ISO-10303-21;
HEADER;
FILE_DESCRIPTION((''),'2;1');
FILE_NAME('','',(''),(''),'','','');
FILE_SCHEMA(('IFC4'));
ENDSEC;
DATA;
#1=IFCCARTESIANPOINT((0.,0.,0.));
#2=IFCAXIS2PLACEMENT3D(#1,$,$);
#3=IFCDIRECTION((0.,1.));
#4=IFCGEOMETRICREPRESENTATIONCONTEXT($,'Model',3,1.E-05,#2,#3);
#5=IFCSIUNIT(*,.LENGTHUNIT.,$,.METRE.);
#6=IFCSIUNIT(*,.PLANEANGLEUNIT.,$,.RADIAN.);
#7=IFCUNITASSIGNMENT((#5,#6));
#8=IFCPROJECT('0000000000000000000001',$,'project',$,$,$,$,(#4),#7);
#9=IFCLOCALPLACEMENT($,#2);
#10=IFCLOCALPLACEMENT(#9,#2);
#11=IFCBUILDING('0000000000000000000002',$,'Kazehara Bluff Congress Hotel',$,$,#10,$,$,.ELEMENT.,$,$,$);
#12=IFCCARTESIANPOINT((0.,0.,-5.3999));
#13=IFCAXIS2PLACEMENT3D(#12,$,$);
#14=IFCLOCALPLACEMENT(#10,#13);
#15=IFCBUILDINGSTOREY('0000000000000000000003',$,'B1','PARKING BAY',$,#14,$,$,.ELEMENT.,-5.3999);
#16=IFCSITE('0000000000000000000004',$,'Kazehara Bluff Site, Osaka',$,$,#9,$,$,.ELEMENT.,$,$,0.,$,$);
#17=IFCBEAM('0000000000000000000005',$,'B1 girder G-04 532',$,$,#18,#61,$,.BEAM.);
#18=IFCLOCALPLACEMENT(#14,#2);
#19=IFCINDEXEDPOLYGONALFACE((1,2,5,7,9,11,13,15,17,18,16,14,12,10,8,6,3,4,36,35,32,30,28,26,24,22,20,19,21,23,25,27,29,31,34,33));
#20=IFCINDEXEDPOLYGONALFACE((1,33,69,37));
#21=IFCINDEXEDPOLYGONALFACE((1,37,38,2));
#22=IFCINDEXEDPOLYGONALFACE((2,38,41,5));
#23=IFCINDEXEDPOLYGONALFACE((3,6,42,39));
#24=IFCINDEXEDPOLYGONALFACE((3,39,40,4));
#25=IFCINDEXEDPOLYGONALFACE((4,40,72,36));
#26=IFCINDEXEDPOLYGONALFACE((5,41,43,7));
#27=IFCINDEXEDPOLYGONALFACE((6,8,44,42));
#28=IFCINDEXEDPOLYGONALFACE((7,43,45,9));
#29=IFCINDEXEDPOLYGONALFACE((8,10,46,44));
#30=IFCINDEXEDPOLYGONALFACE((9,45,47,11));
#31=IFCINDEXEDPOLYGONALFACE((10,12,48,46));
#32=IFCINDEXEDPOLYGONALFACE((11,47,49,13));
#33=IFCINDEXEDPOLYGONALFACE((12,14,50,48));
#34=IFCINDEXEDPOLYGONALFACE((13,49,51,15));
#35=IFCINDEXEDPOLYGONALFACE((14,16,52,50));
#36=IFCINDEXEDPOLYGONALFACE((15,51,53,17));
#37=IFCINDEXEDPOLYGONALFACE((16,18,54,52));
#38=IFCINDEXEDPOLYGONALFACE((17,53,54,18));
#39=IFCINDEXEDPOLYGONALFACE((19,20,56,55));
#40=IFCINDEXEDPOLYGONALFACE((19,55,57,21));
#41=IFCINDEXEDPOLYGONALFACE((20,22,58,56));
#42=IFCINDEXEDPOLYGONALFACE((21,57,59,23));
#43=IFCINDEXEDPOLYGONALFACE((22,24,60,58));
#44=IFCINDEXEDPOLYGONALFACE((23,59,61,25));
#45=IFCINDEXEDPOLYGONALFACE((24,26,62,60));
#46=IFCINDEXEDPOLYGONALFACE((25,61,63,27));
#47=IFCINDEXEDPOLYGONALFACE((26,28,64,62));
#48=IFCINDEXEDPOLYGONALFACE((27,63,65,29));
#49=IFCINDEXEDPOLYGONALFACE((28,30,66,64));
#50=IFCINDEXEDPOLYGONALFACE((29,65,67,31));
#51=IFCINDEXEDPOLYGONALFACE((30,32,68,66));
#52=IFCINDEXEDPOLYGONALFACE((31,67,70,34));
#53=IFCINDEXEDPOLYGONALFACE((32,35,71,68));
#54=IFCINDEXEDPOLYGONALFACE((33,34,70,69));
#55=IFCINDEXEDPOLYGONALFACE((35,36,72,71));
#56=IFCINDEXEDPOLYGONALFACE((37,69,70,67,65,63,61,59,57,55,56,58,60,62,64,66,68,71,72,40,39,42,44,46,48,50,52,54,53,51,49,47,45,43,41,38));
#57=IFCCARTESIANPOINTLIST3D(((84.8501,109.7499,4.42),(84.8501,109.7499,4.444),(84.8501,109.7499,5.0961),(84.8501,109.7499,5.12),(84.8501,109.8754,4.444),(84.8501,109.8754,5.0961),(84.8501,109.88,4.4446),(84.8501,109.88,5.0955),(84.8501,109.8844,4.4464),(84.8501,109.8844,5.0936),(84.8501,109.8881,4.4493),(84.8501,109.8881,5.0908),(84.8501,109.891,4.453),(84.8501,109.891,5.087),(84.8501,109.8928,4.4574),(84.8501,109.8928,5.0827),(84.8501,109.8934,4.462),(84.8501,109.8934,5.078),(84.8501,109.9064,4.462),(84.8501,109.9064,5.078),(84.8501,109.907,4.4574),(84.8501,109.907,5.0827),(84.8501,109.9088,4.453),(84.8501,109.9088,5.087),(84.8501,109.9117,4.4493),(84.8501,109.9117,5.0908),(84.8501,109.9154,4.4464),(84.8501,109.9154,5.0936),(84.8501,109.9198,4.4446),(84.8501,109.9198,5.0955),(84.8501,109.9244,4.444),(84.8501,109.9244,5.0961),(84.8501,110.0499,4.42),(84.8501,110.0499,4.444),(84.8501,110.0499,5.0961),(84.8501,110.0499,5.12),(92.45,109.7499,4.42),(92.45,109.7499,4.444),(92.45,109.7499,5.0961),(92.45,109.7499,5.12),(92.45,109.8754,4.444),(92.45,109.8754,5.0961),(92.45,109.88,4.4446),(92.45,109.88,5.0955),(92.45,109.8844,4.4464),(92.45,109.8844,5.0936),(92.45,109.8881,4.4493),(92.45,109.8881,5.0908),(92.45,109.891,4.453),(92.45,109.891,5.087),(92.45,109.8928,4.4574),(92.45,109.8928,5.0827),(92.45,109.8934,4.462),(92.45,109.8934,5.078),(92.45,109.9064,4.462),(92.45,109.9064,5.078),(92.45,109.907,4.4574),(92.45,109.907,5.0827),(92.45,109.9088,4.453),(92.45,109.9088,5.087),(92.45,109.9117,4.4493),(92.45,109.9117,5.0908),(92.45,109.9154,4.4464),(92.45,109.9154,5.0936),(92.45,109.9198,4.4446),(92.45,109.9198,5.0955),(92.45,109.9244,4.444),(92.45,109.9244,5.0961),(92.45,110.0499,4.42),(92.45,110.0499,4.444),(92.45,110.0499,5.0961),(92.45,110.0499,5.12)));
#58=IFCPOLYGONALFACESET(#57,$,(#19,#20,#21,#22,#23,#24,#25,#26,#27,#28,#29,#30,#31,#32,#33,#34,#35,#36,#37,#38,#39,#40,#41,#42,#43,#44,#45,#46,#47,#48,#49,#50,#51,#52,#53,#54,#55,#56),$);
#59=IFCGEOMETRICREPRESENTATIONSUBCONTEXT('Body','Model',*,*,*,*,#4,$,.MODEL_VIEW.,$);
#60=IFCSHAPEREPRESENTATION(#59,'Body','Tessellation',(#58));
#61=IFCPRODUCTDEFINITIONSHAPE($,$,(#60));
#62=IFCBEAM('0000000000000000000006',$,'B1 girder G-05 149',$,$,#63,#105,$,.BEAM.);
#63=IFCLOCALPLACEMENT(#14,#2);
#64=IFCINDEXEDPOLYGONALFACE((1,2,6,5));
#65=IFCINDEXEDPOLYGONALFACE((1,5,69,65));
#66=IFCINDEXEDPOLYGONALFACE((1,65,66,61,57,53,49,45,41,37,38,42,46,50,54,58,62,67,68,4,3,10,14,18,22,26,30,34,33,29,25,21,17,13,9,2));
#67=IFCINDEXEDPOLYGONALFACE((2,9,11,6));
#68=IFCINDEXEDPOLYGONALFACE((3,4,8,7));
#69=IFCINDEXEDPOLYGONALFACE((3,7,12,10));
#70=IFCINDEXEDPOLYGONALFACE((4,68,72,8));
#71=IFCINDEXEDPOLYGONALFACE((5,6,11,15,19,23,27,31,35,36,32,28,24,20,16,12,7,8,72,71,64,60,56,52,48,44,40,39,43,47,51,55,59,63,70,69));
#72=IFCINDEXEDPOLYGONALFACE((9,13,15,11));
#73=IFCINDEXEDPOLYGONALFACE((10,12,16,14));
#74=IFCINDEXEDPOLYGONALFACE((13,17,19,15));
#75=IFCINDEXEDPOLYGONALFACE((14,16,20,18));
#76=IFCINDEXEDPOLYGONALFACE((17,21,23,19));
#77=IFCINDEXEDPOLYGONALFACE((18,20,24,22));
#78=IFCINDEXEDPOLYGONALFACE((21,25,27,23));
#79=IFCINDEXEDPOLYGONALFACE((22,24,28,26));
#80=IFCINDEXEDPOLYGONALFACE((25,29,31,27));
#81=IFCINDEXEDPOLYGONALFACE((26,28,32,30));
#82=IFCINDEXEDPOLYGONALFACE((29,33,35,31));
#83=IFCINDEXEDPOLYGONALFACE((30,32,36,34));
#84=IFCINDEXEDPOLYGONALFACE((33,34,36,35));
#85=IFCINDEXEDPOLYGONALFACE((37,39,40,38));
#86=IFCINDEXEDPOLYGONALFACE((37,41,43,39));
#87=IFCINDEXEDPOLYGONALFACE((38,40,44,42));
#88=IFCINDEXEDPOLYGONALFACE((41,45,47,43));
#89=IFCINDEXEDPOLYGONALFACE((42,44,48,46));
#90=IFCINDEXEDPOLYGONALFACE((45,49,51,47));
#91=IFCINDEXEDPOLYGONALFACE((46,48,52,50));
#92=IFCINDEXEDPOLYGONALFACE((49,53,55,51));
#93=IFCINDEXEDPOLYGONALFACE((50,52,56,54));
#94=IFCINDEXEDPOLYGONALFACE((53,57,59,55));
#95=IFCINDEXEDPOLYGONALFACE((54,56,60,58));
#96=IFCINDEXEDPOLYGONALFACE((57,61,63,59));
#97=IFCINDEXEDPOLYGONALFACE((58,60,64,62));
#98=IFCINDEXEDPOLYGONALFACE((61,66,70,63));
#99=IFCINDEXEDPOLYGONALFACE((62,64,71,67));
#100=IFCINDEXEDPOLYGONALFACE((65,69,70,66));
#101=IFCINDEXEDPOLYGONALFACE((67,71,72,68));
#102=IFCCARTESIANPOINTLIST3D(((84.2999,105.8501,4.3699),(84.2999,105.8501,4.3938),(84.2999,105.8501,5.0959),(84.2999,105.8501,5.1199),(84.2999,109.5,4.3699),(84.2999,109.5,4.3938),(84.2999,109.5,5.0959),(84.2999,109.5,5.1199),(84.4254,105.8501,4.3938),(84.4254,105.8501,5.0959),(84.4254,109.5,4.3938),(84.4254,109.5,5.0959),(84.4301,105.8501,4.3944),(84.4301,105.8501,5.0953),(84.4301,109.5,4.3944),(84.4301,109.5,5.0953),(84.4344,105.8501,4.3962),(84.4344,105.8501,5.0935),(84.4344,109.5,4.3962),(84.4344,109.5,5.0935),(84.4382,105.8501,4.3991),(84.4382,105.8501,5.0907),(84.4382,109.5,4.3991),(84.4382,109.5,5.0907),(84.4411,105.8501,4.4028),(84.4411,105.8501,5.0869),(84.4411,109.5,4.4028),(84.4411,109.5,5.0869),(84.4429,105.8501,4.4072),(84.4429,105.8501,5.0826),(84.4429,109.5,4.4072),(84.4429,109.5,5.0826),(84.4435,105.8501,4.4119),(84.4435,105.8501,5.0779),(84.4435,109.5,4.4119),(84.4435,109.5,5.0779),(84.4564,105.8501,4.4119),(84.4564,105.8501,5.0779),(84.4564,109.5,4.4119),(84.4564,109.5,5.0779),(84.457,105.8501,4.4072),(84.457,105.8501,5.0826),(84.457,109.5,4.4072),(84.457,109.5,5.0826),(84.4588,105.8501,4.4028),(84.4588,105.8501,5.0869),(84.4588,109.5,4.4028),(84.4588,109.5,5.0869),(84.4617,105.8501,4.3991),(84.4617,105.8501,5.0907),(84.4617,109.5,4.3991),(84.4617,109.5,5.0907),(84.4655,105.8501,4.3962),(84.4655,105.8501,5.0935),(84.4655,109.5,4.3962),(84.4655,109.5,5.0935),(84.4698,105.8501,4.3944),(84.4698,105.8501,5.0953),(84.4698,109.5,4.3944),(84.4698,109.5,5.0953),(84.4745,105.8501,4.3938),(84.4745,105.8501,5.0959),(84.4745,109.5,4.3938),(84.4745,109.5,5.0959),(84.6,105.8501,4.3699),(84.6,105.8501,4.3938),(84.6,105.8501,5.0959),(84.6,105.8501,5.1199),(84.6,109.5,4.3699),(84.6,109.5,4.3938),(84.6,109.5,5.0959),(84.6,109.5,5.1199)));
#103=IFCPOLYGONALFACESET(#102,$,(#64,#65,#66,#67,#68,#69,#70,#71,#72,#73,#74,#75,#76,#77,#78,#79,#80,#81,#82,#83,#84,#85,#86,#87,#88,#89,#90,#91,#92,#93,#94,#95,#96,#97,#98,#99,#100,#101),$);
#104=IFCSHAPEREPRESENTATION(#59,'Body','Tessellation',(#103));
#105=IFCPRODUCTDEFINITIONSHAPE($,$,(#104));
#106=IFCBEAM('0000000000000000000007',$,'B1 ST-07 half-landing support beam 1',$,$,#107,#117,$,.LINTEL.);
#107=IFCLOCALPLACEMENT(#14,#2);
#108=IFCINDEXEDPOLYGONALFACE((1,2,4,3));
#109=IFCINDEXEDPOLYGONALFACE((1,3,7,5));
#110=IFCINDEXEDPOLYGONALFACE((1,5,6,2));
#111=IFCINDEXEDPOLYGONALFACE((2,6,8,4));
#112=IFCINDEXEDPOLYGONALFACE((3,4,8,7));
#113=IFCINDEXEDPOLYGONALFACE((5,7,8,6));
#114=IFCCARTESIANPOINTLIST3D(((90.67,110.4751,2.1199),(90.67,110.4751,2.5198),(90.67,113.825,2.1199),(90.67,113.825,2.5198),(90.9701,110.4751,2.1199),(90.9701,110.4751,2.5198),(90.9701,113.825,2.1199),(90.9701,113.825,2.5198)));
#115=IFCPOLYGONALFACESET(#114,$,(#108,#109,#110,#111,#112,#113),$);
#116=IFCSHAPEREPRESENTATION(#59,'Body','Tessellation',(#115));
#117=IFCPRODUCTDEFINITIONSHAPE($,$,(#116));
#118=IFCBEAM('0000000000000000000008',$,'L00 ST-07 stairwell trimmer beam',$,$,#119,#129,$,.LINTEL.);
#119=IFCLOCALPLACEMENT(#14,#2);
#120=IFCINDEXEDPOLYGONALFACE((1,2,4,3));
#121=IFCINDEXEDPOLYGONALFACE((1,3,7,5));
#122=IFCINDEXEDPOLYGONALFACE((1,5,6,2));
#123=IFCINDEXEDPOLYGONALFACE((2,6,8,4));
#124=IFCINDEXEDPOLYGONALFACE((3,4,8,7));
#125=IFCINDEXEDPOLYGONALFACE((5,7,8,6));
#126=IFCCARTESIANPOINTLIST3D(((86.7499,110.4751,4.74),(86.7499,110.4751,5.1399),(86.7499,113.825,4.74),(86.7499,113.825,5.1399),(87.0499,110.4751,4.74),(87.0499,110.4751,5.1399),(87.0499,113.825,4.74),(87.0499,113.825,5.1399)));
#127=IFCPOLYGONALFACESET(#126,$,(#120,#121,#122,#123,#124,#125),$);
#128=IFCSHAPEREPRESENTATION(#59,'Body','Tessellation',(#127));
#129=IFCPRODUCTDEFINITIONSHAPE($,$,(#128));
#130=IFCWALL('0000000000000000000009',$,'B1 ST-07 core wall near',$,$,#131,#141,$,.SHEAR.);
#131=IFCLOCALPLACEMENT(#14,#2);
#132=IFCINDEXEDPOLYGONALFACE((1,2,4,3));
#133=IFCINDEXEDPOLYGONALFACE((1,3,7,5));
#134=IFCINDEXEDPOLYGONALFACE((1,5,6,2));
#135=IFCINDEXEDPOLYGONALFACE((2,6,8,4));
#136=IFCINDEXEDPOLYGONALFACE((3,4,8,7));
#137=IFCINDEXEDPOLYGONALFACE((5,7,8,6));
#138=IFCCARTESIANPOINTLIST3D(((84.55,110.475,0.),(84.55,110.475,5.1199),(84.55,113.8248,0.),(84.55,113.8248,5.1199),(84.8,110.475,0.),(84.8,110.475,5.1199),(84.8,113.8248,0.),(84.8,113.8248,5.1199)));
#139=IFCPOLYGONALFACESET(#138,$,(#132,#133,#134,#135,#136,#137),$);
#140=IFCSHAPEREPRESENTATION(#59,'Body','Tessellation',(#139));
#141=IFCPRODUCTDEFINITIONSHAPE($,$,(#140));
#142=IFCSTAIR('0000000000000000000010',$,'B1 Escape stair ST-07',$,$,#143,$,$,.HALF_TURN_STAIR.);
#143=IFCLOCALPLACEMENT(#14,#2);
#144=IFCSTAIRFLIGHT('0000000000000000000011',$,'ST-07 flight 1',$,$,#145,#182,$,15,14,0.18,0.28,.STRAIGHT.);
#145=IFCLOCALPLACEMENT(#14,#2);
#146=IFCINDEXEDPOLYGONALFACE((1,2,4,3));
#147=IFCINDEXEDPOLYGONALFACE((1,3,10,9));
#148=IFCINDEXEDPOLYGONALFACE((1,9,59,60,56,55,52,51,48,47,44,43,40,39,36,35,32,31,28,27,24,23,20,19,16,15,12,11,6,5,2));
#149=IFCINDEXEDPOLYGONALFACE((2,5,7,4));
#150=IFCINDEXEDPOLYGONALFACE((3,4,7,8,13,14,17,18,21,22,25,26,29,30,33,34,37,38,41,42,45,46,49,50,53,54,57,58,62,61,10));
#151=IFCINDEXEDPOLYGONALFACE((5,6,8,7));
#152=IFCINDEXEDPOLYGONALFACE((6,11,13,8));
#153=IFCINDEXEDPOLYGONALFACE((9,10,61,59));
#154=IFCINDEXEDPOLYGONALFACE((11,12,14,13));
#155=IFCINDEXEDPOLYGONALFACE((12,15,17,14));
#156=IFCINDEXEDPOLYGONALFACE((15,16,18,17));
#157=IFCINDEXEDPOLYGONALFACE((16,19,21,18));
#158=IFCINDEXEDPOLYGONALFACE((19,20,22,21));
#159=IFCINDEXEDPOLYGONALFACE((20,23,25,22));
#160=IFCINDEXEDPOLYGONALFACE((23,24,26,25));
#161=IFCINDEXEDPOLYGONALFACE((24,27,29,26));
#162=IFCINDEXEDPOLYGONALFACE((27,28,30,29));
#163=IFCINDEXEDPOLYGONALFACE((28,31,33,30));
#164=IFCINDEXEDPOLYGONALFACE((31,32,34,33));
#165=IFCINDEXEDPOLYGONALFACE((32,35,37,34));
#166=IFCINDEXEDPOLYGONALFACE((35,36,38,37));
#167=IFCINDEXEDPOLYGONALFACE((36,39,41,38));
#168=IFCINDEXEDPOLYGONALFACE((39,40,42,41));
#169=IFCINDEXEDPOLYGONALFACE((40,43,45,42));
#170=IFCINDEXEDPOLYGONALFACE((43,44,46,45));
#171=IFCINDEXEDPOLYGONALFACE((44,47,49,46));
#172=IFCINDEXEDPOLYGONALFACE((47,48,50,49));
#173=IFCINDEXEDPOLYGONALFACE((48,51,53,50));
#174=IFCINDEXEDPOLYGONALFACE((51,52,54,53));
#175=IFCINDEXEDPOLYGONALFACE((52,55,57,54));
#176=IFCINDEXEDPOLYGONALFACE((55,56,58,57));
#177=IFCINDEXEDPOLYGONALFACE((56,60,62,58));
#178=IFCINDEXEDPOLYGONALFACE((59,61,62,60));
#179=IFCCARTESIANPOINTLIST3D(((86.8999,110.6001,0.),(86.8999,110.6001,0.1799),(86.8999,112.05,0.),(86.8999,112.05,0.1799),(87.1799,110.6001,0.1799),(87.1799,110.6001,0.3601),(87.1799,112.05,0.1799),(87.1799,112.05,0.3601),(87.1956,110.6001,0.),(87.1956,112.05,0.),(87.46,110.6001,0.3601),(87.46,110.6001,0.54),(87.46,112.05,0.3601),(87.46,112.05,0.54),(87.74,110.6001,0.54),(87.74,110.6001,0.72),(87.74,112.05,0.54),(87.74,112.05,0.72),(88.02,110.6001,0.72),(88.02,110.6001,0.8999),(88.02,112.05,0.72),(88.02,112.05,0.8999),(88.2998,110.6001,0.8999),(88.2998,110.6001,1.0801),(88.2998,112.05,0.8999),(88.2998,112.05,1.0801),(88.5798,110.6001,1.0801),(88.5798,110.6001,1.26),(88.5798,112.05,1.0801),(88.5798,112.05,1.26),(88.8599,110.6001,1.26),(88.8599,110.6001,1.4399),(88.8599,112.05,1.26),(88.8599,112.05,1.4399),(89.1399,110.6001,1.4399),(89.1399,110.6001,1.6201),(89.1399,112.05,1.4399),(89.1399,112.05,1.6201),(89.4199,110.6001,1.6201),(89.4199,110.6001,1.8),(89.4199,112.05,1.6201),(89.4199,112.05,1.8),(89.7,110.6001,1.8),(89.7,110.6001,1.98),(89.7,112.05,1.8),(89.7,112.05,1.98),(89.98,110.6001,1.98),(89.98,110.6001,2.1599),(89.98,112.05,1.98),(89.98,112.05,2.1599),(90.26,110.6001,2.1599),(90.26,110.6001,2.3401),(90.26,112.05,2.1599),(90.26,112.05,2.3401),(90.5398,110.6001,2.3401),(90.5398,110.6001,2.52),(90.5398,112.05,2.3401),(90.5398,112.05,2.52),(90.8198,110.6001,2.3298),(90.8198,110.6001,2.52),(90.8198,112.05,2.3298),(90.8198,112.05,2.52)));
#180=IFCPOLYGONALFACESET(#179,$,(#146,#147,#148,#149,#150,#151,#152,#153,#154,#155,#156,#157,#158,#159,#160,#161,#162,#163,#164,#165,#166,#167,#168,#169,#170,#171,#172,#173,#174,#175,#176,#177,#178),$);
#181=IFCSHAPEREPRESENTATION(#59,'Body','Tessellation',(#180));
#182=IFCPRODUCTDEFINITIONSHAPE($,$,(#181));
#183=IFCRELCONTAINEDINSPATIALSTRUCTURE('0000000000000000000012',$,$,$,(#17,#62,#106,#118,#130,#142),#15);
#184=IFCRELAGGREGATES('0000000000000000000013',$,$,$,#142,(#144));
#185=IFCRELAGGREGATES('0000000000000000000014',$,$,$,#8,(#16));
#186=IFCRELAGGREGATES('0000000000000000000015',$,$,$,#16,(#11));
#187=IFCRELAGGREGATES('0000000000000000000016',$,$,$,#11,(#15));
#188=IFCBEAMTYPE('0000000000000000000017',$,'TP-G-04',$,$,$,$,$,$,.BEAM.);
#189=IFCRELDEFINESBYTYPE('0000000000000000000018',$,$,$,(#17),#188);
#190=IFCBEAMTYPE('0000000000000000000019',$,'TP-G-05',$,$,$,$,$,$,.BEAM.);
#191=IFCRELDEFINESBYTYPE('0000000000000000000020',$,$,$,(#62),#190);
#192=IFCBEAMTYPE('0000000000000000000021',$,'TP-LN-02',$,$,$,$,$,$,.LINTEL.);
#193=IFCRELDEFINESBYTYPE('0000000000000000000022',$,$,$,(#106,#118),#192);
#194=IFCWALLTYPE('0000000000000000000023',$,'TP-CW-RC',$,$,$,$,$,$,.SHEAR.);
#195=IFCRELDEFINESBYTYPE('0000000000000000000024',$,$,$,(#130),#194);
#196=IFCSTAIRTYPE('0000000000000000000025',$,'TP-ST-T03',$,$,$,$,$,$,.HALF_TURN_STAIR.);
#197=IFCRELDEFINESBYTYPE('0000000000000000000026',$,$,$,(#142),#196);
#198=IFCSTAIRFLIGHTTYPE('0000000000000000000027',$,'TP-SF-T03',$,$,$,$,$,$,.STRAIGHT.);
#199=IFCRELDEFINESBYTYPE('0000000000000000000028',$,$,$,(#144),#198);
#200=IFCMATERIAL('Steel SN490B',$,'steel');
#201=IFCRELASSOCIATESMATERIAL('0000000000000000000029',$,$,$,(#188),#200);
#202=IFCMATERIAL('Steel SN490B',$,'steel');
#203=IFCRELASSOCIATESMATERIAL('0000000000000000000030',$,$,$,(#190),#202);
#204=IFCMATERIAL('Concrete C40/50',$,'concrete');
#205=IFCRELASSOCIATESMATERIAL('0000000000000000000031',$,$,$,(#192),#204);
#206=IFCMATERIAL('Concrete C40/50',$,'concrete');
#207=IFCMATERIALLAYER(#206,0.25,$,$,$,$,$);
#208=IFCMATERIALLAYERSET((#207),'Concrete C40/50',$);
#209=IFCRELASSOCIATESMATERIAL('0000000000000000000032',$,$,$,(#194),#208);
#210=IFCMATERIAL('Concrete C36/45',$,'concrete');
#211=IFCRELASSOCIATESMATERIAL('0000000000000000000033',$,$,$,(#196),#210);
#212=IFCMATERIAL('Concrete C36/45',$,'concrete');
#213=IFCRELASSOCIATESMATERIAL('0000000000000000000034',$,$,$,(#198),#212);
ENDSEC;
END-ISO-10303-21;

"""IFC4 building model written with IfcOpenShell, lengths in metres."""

from ifc_helpers import new_model, si_unit, direction, frame, frame_2d, origin, origin_2d, place, context, subcontext, project, spatial, polyline, rectangle, i_section, outline, extrude, material, layer, layer_set, material_profile, profile_set, type_object, element, aggregate, save


model = new_model("IFC4")

# Units and contexts
model_context = context("Model", 3, precision=1e-05, world=origin(), true_north=direction((0.0, 1.0)))
body_context = subcontext(model_context, "Body", "Model", "MODEL_VIEW")
ifc_project = project(units=[si_unit("LENGTHUNIT", "METRE"), si_unit("PLANEANGLEUNIT", "RADIAN")], contexts=[model_context])

# Site, building, storey
site_placement = place(None, origin())
site = spatial("IfcSite", under=ifc_project, at=site_placement, Name="Kazehara Bluff Site, Osaka", CompositionType="ELEMENT", RefElevation=0.0)
building_placement = place(site_placement, origin())
building = spatial("IfcBuilding", under=site, at=building_placement, Name="Kazehara Bluff Congress Hotel", CompositionType="ELEMENT")
storey_placement = place(building_placement, frame((0.0, 0.0, -5.3999)))
storey = spatial("IfcBuildingStorey", under=building, at=storey_placement, Name="B1", Description="PARKING BAY", CompositionType="ELEMENT", Elevation=-5.3999)

# Beams
ifc_material_1 = material(Name="Steel SN490B", Category="steel")
ifc_material_profile_1 = material_profile(ifc_material_1, i_section(OverallWidth=0.3, OverallDepth=0.7, WebThickness=0.0129, FlangeThickness=0.0239, FilletRadius=0.0181, at=origin_2d()))
ifc_profile_set_1 = profile_set([ifc_material_profile_1], Name="Steel SN490B")
beam_type_1 = type_object("IfcBeamType", Name="TP-G-04", PredefinedType="BEAM", material=ifc_profile_set_1)
for number, where, z_axis, x_axis, name in (
    (1, (84.8501, 109.8999, 4.77), (1.0, 0.0, 0.0), (0.0, 1.0, 0.0), "B1 girder G-04 532"),
):
    element("IfcBeam", number, at=place(storey_placement, frame(where, z_axis=z_axis, x_axis=x_axis)), inside=storey, type_object=beam_type_1, Name=name, PredefinedType="BEAM", context=body_context, shape_type="SweptSolid", body=[
        extrude(i_section(OverallWidth=0.3, OverallDepth=0.7, WebThickness=0.0129, FlangeThickness=0.0239, FilletRadius=0.0181, at=origin_2d()), origin(), (0.0, 0.0, 1.0), 7.5999),
    ])
ifc_material_2 = material(Name="Steel SN490B", Category="steel")
ifc_material_profile_2 = material_profile(ifc_material_2, i_section(OverallWidth=0.3, OverallDepth=0.75, WebThickness=0.0129, FlangeThickness=0.0239, FilletRadius=0.0181, at=origin_2d()))
ifc_profile_set_2 = profile_set([ifc_material_profile_2], Name="Steel SN490B")
beam_type_2 = type_object("IfcBeamType", Name="TP-G-05", PredefinedType="BEAM", material=ifc_profile_set_2)
beam_placement = place(storey_placement, frame((84.45, 105.8501, 4.7449), z_axis=(0.0, 1.0, 0.0), x_axis=(-1.0, 0.0, 0.0)))
element("IfcBeam", 2, at=beam_placement, inside=storey, type_object=beam_type_2, Name="B1 girder G-05 149", PredefinedType="BEAM", context=body_context, shape_type="SweptSolid", body=[
    extrude(i_section(OverallWidth=0.3, OverallDepth=0.75, WebThickness=0.0129, FlangeThickness=0.0239, FilletRadius=0.0181, at=origin_2d()), origin(), (0.0, 0.0, 1.0), 3.6499),
])
ifc_material_3 = material(Name="Concrete C40/50", Category="concrete")
ifc_material_profile_3 = material_profile(ifc_material_3, rectangle(XDim=0.3, YDim=0.3999, at=origin_2d()))
ifc_profile_set_3 = profile_set([ifc_material_profile_3], Name="Concrete C40/50")
beam_type_3 = type_object("IfcBeamType", Name="TP-LN-02", PredefinedType="LINTEL", material=ifc_profile_set_3)
for number, where, z_axis, x_axis, name in (
    (3, (90.8201, 110.4751, 2.3198), (0.0, 1.0, 0.0), (-1.0, 0.0, 0.0), "B1 ST-07 half-landing support beam 1"),
    (4, (86.8999, 110.4751, 4.9399), (0.0, 1.0, 0.0), (-1.0, 0.0, 0.0), "L00 ST-07 stairwell trimmer beam"),
):
    element("IfcBeam", number, at=place(storey_placement, frame(where, z_axis=z_axis, x_axis=x_axis)), inside=storey, type_object=beam_type_3, Name=name, PredefinedType="LINTEL", context=body_context, shape_type="SweptSolid", body=[
        extrude(rectangle(XDim=0.3, YDim=0.3999, at=origin_2d()), origin(), (0.0, 0.0, 1.0), 3.3499),
    ])

# Wall
ifc_material_4 = material(Name="Concrete C40/50", Category="concrete")
ifc_layer_1 = layer(ifc_material_4, 0.25)
ifc_layer_set_1 = layer_set([ifc_layer_1], Name="Concrete C40/50")
wall_type = type_object("IfcWallType", Name="TP-CW-RC", PredefinedType="SHEAR", material=ifc_layer_set_1)
wall_placement = place(storey_placement, frame((84.675, 110.4751, 0.0), z_axis=(0.0, 0.0, 1.0), x_axis=(0.0, 1.0, 0.0)))
element("IfcWall", 5, at=wall_placement, inside=storey, type_object=wall_type, Name="B1 ST-07 core wall near", PredefinedType="SHEAR", context=body_context, shape_type="SweptSolid", body=[
    extrude(rectangle(XDim=3.3499, YDim=0.25, at=frame_2d((1.6748, 0.0))), origin(), (0.0, 0.0, 1.0), 5.1199),
])

# Stair, stair flight
ifc_material_5 = material(Name="Concrete C36/45", Category="concrete")
stair_type = type_object("IfcStairType", Name="TP-ST-T03", PredefinedType="HALF_TURN_STAIR", material=ifc_material_5)
stair_placement = place(storey_placement, origin())
stair = element("IfcStair", 6, at=stair_placement, inside=storey, type_object=stair_type, Name="B1 Escape stair ST-07", PredefinedType="HALF_TURN_STAIR")
ifc_material_6 = material(Name="Concrete C36/45", Category="concrete")
stair_flight_type = type_object("IfcStairFlightType", Name="TP-SF-T03", PredefinedType="STRAIGHT", material=ifc_material_6)
stair_flight_1_placement = place(storey_placement, frame((86.8999, 111.325, 0.0), z_axis=(0.0, 0.0, 1.0), x_axis=(1.0, 0.0, 0.0)))
stair_flight_1 = element("IfcStairFlight", 7, at=stair_flight_1_placement, type_object=stair_flight_type, Name="ST-07 flight 1", NumberOfRisers=15, NumberOfTreads=14, PredefinedType="STRAIGHT", RiserHeight=0.18, TreadLength=0.28, context=body_context, shape_type="SweptSolid", body=[
    extrude(outline(polyline([(0.0, 0.0), (0.0, 0.1799), (0.28, 0.1799), (0.28, 0.3601), (0.5601, 0.3601), (0.5601, 0.54), (0.8401, 0.54), (0.8401, 0.72), (1.1201, 0.72), (1.1201, 0.8999), (1.3999, 0.8999), (1.3999, 1.0801), (1.6799, 1.0801), (1.6799, 1.26), (1.96, 1.26), (1.96, 1.4399), (2.24, 1.4399), (2.24, 1.6201), (2.52, 1.6201), (2.52, 1.8), (2.8, 1.8), (2.8, 1.98), (3.0801, 1.98), (3.0801, 2.1599), (3.3601, 2.1599), (3.3601, 2.3401), (3.6399, 2.3401), (3.6399, 2.52), (3.9199, 2.52), (3.9199, 2.7), (3.9199, 2.3298), (0.2957, 0.0), (0.0, 0.0)])), frame((0.0, 0.7251, 0.0), z_axis=(0.0, -1.0, 0.0), x_axis=(1.0, 0.0, 0.0)), (0.0, 0.0, 1.0), 1.45),
])
aggregate(stair, [stair_flight_1])

save(model, "model.ifc")
